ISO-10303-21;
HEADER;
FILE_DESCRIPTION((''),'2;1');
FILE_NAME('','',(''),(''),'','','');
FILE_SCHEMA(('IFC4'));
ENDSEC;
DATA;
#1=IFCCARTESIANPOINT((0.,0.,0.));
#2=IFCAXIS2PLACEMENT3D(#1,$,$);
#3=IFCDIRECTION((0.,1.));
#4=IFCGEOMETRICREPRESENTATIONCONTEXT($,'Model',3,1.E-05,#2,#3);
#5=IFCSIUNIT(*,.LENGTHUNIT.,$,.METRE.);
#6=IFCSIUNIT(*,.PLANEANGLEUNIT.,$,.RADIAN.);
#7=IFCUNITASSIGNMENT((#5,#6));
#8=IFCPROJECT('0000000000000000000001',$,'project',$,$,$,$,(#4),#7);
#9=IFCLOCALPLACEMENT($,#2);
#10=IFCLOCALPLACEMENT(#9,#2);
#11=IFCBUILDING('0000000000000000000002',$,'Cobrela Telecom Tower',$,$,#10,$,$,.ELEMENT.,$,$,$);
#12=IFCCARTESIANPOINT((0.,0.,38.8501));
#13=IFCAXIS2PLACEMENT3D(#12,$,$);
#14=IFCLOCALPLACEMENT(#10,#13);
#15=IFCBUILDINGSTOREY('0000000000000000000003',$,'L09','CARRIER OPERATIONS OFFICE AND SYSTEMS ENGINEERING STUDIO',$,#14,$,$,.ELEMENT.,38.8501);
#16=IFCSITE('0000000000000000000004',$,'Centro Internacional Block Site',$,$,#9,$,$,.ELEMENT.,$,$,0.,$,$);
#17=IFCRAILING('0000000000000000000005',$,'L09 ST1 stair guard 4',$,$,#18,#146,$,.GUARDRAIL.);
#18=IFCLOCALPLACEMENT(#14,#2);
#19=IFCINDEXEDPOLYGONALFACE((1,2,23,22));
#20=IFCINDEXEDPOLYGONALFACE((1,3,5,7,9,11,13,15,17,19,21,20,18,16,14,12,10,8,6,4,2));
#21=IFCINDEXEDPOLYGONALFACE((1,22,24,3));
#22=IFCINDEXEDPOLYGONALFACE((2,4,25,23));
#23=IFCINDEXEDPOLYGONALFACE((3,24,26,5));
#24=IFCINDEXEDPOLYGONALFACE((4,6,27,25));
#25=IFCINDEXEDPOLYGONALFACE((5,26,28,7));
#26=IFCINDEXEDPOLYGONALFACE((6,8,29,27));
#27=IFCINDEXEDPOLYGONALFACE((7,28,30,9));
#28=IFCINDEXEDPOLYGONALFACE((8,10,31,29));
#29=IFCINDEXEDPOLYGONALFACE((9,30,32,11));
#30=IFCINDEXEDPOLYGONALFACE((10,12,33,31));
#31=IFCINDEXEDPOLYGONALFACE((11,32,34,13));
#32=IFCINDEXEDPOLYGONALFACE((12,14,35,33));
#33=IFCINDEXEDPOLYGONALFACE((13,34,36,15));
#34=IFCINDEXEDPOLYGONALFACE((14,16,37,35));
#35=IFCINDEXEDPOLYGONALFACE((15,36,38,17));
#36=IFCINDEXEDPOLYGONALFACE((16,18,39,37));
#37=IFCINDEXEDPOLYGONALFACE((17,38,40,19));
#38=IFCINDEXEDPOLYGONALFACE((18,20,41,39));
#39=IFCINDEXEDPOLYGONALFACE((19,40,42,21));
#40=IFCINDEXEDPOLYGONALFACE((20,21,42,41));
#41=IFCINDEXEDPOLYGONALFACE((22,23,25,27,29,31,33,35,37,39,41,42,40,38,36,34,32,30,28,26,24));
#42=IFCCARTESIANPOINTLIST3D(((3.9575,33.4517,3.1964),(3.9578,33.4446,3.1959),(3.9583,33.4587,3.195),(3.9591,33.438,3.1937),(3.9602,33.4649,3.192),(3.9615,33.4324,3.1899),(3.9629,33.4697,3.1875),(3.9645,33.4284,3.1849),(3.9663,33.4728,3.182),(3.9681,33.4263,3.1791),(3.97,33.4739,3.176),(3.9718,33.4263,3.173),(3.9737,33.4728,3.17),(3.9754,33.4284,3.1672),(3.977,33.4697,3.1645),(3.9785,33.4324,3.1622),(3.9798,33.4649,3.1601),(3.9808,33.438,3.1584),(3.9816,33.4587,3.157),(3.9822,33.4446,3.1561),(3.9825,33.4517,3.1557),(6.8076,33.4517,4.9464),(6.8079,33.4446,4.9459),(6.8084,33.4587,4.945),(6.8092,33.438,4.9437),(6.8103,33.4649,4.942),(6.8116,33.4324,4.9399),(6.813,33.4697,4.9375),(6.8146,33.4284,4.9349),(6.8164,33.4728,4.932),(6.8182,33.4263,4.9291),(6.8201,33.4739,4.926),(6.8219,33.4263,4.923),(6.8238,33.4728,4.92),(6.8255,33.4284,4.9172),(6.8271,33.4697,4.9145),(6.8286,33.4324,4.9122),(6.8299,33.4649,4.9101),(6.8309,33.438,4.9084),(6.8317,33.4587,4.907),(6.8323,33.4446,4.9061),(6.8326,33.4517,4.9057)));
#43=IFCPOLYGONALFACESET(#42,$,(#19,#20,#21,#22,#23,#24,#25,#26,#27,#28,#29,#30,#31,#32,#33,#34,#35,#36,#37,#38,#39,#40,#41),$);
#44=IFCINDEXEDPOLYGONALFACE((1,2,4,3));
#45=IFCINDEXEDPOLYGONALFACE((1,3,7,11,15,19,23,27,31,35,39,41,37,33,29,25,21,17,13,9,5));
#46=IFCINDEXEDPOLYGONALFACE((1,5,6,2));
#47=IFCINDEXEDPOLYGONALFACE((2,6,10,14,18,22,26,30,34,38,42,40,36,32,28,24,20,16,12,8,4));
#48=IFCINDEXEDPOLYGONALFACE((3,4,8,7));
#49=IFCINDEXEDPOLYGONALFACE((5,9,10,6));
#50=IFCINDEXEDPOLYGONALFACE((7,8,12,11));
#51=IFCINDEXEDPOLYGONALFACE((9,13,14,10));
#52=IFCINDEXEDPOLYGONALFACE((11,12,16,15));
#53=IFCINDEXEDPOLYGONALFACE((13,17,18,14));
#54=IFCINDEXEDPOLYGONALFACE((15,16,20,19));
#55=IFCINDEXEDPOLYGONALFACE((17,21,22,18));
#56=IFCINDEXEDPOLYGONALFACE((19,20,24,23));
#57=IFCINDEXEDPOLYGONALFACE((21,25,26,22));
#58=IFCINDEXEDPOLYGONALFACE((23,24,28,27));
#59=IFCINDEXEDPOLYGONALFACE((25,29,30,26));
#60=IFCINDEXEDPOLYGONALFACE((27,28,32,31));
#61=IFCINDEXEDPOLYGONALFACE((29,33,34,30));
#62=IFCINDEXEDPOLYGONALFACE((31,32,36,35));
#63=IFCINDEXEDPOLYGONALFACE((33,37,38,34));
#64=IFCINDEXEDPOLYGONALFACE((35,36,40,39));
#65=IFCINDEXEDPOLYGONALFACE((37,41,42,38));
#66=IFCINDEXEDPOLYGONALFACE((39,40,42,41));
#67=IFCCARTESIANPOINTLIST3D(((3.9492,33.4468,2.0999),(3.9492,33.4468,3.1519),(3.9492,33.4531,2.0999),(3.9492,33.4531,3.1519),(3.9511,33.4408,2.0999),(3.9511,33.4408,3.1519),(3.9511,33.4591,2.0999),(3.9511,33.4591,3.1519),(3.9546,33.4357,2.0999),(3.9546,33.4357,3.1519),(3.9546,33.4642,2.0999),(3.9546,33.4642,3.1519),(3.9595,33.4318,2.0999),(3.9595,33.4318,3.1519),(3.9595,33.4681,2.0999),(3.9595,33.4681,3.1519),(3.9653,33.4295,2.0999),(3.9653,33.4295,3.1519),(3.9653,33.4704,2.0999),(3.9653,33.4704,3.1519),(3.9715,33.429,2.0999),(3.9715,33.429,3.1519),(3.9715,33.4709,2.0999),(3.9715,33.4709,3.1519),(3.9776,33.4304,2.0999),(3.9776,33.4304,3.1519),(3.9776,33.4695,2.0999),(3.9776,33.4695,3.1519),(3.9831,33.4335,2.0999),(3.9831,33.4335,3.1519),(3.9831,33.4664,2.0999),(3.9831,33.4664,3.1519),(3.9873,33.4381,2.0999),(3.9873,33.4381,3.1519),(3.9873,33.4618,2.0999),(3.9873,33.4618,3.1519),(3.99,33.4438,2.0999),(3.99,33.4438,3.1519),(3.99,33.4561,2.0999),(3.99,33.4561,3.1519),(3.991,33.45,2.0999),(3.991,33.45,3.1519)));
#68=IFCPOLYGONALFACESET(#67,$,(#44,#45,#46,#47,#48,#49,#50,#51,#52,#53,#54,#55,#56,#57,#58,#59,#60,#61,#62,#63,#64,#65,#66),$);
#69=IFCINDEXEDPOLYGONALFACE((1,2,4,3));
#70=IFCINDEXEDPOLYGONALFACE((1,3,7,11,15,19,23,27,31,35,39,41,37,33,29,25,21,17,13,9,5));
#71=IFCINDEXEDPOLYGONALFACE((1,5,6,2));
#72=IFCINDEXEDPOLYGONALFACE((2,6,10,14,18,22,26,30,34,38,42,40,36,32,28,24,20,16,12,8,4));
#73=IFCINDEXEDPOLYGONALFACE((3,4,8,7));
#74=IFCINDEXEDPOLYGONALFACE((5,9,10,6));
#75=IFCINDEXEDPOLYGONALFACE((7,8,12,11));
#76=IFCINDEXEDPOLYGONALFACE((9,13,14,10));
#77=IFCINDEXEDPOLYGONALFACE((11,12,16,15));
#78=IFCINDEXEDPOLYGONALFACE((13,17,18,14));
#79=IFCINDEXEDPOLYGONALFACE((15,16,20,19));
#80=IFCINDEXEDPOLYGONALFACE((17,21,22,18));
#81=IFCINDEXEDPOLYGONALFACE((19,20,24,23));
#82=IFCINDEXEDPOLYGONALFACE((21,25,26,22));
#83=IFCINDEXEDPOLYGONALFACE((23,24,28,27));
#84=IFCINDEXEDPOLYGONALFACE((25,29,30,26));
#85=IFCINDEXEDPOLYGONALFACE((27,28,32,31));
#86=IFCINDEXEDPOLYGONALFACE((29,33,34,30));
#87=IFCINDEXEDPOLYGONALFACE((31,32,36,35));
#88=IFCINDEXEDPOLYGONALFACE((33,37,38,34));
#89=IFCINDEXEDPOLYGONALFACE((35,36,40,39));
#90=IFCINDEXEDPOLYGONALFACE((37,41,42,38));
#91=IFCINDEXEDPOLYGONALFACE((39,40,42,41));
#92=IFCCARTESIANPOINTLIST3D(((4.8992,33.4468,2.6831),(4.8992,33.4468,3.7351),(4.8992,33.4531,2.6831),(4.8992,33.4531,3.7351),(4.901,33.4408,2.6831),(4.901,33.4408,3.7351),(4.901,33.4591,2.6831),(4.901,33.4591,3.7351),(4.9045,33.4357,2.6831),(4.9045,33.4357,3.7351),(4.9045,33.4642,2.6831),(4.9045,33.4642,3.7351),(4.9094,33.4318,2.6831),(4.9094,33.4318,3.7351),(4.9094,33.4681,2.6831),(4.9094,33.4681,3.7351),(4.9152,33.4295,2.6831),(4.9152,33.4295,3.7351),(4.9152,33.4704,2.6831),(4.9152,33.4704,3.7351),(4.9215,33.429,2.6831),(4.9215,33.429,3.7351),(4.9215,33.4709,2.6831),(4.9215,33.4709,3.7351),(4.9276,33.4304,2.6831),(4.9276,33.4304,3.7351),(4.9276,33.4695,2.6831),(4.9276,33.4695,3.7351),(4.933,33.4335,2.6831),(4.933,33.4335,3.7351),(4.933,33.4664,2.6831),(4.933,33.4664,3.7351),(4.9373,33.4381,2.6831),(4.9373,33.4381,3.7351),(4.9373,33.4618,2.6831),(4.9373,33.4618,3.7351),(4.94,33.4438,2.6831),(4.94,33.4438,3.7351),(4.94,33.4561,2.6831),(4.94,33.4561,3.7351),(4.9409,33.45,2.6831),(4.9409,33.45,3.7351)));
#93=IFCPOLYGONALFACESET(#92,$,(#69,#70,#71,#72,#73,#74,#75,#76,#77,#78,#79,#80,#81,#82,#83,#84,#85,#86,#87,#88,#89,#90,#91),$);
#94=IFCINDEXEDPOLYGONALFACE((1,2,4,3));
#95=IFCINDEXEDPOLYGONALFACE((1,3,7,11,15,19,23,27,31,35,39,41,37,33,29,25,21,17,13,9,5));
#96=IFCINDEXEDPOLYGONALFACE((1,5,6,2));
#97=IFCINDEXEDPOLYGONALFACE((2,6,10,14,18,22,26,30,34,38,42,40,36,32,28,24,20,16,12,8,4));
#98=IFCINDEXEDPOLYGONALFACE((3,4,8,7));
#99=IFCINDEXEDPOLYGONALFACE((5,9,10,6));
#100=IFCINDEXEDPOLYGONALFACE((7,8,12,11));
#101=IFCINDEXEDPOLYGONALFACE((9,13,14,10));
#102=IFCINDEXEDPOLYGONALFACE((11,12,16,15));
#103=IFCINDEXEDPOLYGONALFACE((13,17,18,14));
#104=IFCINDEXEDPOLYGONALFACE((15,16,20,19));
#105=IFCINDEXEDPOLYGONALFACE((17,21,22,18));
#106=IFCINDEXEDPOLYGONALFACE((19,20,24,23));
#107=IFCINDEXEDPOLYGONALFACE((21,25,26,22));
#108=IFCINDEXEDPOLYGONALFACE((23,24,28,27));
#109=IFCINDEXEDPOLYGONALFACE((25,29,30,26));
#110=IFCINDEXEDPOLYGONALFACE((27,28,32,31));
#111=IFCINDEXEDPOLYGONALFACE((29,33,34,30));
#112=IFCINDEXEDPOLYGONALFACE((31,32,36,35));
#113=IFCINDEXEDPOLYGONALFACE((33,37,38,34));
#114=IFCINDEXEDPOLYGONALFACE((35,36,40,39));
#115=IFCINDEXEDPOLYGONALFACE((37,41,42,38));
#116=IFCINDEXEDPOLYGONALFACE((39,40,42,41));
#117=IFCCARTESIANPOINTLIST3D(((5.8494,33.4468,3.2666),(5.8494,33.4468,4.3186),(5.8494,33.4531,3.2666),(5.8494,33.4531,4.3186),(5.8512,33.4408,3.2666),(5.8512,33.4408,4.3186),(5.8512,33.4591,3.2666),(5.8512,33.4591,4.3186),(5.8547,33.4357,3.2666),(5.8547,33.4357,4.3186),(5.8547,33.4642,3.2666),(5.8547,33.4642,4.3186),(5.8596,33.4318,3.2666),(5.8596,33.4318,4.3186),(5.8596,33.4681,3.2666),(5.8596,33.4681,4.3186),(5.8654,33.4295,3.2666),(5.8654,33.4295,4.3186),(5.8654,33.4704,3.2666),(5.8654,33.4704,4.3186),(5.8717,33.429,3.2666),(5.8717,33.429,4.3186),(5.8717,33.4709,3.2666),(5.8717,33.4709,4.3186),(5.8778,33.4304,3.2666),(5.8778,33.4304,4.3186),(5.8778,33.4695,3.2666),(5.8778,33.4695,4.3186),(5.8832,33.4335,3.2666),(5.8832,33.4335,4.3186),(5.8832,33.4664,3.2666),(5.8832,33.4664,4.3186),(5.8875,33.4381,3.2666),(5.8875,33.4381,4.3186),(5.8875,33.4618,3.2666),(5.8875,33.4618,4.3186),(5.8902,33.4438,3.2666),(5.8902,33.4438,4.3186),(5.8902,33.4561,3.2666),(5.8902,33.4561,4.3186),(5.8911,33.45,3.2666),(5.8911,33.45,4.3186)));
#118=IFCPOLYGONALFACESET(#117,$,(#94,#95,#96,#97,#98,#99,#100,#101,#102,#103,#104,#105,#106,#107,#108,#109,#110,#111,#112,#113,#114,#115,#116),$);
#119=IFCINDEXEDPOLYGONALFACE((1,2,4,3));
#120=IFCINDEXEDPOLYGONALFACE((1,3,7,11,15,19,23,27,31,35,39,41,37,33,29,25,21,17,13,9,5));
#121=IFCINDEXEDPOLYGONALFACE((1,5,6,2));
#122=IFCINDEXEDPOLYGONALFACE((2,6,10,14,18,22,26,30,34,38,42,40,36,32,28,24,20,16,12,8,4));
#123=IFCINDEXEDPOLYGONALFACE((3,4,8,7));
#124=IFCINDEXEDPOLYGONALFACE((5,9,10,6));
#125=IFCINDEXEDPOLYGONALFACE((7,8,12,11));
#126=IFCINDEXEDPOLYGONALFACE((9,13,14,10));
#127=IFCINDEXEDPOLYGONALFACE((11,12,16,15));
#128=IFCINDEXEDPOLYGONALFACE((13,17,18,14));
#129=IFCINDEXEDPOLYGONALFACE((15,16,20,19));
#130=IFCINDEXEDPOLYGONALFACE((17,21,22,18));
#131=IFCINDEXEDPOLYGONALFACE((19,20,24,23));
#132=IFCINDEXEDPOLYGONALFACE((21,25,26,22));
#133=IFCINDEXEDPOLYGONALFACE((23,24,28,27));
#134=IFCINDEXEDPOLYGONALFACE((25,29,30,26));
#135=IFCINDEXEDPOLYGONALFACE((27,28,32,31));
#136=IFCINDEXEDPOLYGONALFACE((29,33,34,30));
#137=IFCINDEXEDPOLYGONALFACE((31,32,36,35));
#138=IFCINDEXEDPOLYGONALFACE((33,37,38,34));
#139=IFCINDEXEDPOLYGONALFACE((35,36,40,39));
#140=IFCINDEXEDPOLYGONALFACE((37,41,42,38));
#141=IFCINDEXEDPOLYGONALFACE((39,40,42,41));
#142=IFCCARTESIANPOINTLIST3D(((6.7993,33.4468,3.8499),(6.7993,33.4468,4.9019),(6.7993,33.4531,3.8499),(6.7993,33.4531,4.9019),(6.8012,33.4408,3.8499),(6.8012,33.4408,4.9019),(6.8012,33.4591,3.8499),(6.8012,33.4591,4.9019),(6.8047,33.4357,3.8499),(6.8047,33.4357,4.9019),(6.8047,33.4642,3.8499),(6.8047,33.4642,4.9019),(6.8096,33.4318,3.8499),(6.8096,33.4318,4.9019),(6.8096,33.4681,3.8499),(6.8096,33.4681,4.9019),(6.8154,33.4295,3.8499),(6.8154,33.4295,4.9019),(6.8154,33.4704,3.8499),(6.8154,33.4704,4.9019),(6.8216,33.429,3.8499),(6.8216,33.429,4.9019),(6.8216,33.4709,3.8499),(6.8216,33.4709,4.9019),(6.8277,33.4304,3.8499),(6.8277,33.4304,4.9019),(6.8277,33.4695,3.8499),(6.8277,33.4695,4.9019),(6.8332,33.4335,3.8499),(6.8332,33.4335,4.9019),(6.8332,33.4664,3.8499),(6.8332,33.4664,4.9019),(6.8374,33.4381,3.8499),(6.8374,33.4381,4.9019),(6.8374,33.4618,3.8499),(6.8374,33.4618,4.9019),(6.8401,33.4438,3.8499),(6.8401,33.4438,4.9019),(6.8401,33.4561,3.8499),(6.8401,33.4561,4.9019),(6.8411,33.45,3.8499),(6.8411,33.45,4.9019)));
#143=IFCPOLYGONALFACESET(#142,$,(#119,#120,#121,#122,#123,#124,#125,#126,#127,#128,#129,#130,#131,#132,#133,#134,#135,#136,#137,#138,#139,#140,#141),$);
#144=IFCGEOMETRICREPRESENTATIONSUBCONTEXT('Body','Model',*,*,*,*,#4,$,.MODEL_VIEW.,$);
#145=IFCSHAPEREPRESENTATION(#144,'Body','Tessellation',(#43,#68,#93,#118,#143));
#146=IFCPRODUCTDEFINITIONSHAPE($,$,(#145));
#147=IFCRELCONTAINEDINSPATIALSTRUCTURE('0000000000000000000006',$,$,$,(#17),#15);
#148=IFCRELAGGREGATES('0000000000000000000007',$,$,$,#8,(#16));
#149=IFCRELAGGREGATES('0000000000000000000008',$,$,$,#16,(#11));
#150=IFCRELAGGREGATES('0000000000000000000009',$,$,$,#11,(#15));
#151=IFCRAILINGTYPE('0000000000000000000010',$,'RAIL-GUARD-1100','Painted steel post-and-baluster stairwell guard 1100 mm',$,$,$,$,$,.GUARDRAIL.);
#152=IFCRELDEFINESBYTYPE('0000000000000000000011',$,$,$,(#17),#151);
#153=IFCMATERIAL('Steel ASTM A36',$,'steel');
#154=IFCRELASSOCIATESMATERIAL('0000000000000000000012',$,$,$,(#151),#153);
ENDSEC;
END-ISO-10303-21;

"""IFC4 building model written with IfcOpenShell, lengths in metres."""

from ifc_helpers import new_model, si_unit, direction, frame, origin, origin_2d, place, context, subcontext, project, spatial, circle, extrude, material, type_object, element, save


model = new_model("IFC4")

# Units and contexts
model_context = context("Model", 3, precision=1e-05, world=origin(), true_north=direction((0.0, 1.0)))
body_context = subcontext(model_context, "Body", "Model", "MODEL_VIEW")
ifc_project = project(units=[si_unit("LENGTHUNIT", "METRE"), si_unit("PLANEANGLEUNIT", "RADIAN")], contexts=[model_context])

# Site, building, storey
site_placement = place(None, origin())
site = spatial("IfcSite", under=ifc_project, at=site_placement, Name="Centro Internacional Block Site", CompositionType="ELEMENT", RefElevation=0.0)
building_placement = place(site_placement, origin())
building = spatial("IfcBuilding", under=site, at=building_placement, Name="Cobrela Telecom Tower", CompositionType="ELEMENT")
storey_placement = place(building_placement, frame((0.0, 0.0, 38.8501)))
storey = spatial("IfcBuildingStorey", under=building, at=storey_placement, Name="L09", Description="CARRIER OPERATIONS OFFICE AND SYSTEMS ENGINEERING STUDIO", CompositionType="ELEMENT", Elevation=38.8501)

# Shared definitions
ifc_material_1 = material(Name="Steel ASTM A36", Category="steel")

# Railing
railing_type_1 = type_object("IfcRailingType", Name="RAIL-GUARD-1100", Description="Painted steel post-and-baluster stairwell guard 1100 mm", PredefinedType="GUARDRAIL", material=ifc_material_1)
railing_1_placement = place(storey_placement, frame((3.97, 33.45, 2.0999)))
element("IfcRailing", 1, at=railing_1_placement, inside=storey, type_object=railing_type_1, Name="L09 ST1 stair guard 4", PredefinedType="GUARDRAIL", context=body_context, shape_type="SweptSolid", body=[
    extrude(circle(Radius=0.0239, at=origin_2d()), frame((0.0, 0.0, 1.0762), z_axis=(0.852179, 0.0, 0.52325), x_axis=(0.0, 1.0, 0.0)), (0.0, 0.0, 1.0), 3.3445),
    extrude(circle(Radius=0.021, at=origin_2d()), origin(), (0.0, 0.0, 1.0), 1.052),
    extrude(circle(Radius=0.021, at=origin_2d()), frame((0.95, 0.0, 0.5833)), (0.0, 0.0, 1.0), 1.052),
    extrude(circle(Radius=0.021, at=origin_2d()), frame((1.9001, 0.0, 1.1667)), (0.0, 0.0, 1.0), 1.052),
    extrude(circle(Radius=0.021, at=origin_2d()), frame((2.8501, 0.0, 1.75)), (0.0, 0.0, 1.0), 1.052),
])

save(model, "model.ifc")
